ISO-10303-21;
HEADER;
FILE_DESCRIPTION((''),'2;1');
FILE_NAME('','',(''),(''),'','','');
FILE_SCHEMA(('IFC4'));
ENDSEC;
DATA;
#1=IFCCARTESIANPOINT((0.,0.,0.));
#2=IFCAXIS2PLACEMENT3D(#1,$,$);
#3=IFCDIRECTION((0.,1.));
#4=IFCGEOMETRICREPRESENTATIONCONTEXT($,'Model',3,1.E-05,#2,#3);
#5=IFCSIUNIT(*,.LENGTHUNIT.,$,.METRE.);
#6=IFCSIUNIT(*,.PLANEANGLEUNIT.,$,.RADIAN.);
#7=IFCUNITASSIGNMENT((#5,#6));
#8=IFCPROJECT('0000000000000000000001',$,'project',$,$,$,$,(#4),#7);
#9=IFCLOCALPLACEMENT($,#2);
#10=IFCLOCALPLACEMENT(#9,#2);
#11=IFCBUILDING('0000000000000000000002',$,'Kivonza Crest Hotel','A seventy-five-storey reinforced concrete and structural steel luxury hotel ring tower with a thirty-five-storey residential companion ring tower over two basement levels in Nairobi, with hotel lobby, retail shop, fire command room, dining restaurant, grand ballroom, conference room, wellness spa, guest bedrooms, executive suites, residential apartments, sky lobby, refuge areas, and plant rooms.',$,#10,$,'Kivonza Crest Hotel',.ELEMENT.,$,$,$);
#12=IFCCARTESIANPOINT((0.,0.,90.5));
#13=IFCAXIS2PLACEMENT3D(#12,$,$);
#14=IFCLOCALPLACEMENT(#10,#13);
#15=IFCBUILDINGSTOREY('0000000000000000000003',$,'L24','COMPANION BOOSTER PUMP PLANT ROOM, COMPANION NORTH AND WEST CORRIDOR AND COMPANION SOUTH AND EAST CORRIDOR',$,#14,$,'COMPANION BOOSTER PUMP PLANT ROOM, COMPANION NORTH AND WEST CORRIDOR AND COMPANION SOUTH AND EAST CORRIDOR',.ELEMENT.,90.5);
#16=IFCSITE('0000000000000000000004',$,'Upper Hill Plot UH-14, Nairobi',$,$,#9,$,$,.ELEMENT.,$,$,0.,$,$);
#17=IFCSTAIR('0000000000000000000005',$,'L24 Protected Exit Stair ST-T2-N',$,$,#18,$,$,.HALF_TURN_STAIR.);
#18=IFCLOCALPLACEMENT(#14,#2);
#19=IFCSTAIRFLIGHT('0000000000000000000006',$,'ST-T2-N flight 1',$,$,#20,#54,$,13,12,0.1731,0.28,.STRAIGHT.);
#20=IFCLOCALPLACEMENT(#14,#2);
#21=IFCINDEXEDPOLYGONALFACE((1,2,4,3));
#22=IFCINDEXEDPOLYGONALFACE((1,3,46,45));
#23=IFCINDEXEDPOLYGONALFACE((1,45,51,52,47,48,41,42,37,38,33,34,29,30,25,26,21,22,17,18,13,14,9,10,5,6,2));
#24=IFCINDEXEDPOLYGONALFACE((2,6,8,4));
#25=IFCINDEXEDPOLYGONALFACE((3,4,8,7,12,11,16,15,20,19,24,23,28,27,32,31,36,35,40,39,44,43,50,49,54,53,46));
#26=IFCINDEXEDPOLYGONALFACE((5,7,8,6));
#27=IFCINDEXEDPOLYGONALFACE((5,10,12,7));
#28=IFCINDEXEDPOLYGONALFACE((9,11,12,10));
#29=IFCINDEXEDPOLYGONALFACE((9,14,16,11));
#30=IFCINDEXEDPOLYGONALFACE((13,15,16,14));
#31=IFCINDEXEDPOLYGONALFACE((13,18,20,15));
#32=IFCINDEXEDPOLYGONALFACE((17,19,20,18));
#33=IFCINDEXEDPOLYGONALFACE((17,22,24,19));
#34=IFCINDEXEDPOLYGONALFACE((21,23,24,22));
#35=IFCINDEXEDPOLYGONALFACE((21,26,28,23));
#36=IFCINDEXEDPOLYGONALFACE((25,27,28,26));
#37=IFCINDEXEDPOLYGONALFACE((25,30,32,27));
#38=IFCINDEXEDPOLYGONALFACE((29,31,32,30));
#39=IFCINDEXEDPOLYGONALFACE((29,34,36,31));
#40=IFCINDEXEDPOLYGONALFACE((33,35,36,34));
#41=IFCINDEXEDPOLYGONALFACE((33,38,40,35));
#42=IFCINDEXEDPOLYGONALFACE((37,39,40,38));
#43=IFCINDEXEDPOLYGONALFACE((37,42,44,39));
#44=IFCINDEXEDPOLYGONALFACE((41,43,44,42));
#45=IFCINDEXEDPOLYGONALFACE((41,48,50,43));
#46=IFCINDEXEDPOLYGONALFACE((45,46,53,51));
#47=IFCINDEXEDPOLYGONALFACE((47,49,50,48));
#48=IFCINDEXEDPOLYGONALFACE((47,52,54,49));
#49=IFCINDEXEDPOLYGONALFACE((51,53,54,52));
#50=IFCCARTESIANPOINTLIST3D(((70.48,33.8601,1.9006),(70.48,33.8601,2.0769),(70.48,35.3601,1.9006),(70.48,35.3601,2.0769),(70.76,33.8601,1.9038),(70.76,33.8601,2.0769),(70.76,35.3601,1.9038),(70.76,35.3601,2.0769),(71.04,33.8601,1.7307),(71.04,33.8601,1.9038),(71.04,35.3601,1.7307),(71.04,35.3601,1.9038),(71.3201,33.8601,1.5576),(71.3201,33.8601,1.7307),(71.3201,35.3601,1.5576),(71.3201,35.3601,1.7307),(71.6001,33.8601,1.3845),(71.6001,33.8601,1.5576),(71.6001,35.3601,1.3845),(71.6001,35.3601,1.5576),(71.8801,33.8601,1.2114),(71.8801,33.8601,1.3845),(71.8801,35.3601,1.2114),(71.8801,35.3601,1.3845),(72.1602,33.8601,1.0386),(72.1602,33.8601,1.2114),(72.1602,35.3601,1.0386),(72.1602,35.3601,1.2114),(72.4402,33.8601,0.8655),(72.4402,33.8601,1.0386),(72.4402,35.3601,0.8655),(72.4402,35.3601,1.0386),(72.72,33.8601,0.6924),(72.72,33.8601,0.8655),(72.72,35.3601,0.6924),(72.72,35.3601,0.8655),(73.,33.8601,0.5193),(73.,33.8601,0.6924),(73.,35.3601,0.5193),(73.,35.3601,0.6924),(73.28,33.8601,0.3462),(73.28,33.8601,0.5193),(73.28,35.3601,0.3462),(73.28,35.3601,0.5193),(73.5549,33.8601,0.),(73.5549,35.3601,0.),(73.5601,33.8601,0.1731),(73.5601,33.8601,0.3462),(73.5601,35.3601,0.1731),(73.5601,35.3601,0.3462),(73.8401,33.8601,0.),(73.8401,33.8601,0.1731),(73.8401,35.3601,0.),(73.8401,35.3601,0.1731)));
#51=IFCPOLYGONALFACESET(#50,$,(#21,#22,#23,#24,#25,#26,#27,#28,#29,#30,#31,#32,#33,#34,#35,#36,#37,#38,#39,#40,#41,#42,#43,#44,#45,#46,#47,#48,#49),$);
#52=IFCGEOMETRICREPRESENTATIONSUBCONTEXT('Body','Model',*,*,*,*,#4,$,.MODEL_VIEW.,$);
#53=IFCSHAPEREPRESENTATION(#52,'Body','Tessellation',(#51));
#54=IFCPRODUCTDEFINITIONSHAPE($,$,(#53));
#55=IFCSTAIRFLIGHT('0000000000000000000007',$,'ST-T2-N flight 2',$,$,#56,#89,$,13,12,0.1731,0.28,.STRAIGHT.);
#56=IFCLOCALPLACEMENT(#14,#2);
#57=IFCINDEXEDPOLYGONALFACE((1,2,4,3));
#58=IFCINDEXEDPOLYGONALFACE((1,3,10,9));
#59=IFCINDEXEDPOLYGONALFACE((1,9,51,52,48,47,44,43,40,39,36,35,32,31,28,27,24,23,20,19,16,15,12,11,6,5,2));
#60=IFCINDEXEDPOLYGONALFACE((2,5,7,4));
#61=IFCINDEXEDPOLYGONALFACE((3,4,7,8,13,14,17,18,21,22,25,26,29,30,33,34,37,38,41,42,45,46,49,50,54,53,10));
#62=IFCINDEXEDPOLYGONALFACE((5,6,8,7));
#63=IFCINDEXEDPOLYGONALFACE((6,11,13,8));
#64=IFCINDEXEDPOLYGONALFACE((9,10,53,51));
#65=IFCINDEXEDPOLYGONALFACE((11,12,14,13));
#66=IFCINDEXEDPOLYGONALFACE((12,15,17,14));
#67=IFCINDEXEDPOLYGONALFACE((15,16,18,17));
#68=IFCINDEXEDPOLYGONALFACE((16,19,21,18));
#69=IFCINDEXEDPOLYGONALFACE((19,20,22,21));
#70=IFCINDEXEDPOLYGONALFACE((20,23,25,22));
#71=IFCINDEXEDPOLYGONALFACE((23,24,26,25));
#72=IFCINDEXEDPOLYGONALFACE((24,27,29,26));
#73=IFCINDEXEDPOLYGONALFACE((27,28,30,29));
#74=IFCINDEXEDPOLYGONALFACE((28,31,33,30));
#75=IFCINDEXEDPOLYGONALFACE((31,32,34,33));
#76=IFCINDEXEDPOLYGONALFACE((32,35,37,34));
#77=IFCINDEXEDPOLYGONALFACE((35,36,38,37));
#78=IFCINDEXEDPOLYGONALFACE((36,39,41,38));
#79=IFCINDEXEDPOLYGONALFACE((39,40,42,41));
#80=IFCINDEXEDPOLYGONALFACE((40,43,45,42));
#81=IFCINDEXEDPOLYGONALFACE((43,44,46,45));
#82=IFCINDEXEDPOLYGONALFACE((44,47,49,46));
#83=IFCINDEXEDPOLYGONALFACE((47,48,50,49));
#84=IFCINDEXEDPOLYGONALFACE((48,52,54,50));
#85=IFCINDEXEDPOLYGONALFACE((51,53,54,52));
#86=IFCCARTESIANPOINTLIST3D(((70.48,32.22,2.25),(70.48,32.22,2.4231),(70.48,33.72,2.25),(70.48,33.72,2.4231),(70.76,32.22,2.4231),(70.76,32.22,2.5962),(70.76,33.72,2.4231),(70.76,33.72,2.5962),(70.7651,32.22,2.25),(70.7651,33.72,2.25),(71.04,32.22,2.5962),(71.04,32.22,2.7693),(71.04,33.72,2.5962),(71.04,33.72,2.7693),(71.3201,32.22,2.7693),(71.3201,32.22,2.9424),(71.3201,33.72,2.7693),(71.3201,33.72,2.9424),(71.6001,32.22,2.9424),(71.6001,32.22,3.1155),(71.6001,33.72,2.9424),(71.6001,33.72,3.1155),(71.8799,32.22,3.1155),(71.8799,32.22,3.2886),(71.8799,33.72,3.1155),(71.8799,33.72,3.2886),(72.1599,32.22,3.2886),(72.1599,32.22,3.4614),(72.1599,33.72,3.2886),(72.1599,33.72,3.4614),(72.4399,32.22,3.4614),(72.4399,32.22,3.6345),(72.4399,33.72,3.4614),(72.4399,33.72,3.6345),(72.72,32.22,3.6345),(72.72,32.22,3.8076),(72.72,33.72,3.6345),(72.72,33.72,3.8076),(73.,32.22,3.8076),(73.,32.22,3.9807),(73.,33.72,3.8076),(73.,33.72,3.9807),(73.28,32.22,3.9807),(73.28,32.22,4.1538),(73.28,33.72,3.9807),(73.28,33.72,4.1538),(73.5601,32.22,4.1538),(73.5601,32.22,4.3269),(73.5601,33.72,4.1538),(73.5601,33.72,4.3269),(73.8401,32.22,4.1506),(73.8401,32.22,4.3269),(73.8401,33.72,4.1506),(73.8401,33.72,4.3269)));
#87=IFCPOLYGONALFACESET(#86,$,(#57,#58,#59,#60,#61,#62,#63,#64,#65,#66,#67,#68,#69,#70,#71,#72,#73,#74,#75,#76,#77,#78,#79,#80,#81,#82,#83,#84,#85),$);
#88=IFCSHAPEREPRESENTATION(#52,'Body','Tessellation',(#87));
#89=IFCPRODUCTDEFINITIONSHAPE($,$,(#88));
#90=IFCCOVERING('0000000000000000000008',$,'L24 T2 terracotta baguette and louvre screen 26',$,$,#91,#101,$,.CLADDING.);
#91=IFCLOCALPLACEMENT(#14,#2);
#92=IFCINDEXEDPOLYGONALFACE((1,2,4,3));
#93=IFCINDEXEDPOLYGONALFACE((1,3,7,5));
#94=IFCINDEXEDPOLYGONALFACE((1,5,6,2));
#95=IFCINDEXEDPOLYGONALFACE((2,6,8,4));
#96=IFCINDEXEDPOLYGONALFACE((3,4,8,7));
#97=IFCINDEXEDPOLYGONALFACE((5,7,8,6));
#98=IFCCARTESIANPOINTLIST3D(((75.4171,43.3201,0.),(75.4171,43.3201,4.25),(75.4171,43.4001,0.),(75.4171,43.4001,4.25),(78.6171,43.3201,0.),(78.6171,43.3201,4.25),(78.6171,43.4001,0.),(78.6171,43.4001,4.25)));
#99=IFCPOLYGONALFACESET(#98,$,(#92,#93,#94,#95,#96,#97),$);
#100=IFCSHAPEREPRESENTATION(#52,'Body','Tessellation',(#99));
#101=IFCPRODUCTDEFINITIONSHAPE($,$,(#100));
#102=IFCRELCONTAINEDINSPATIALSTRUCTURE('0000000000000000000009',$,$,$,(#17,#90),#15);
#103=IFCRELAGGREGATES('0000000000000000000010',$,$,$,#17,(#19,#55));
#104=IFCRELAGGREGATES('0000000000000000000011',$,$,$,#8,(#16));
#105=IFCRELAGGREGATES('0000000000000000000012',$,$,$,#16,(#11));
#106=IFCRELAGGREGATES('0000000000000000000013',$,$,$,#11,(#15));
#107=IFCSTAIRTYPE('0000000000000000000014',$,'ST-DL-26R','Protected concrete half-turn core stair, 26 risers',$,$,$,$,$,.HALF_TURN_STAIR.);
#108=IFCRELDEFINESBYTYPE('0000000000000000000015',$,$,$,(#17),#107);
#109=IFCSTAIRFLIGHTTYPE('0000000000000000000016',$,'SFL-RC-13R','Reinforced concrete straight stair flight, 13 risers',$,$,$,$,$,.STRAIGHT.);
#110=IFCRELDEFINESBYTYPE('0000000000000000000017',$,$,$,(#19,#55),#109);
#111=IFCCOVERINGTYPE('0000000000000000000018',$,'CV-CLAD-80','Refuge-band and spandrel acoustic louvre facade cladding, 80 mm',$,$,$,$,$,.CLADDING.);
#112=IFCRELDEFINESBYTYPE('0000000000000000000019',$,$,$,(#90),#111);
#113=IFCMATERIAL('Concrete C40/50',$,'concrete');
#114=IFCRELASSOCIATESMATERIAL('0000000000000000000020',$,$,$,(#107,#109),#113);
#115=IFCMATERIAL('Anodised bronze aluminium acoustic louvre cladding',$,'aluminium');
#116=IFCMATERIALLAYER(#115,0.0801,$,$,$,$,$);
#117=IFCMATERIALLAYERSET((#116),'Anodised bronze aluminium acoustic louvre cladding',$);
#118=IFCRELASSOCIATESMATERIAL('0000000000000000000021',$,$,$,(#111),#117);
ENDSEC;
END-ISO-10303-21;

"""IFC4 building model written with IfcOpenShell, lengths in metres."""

from ifc_helpers import new_model, si_unit, direction, frame, origin, origin_2d, place, context, subcontext, project, spatial, polyline, rectangle, outline, extrude, material, layer, layer_set, type_object, element, aggregate, save


model = new_model("IFC4")

# Units and contexts
model_context = context("Model", 3, precision=1e-05, world=origin(), true_north=direction((0.0, 1.0)))
body_context = subcontext(model_context, "Body", "Model", "MODEL_VIEW")
ifc_project = project(units=[si_unit("LENGTHUNIT", "METRE"), si_unit("PLANEANGLEUNIT", "RADIAN")], contexts=[model_context])

# Site, building, storey
site_placement = place(None, origin())
site = spatial("IfcSite", under=ifc_project, at=site_placement, Name="Upper Hill Plot UH-14, Nairobi", CompositionType="ELEMENT", RefElevation=0.0)
building_placement = place(site_placement, origin())
building = spatial("IfcBuilding", under=site, at=building_placement, Name="Kivonza Crest Hotel", Description="A seventy-five-storey reinforced concrete and structural steel luxury hotel ring tower with a thirty-five-storey residential companion ring tower over two basement levels in Nairobi, with hotel lobby, retail shop, fire command room, dining restaurant, grand ballroom, conference room, wellness spa, guest bedrooms, executive suites, residential apartments, sky lobby, refuge areas, and plant rooms.", LongName="Kivonza Crest Hotel", CompositionType="ELEMENT")
storey_placement = place(building_placement, frame((0.0, 0.0, 90.5)))
storey = spatial("IfcBuildingStorey", under=building, at=storey_placement, Name="L24", Description="COMPANION BOOSTER PUMP PLANT ROOM, COMPANION NORTH AND WEST CORRIDOR AND COMPANION SOUTH AND EAST CORRIDOR", LongName="COMPANION BOOSTER PUMP PLANT ROOM, COMPANION NORTH AND WEST CORRIDOR AND COMPANION SOUTH AND EAST CORRIDOR", CompositionType="ELEMENT", Elevation=90.5)

# Stair, stair flights
ifc_material_1 = material(Name="Concrete C40/50", Category="concrete")
stair_type = type_object("IfcStairType", Name="ST-DL-26R", Description="Protected concrete half-turn core stair, 26 risers", PredefinedType="HALF_TURN_STAIR", material=ifc_material_1)
stair_placement = place(storey_placement, origin())
stair = element("IfcStair", 1, at=stair_placement, inside=storey, type_object=stair_type, Name="L24 Protected Exit Stair ST-T2-N", PredefinedType="HALF_TURN_STAIR")
stair_flight_type = type_object("IfcStairFlightType", Name="SFL-RC-13R", Description="Reinforced concrete straight stair flight, 13 risers", PredefinedType="STRAIGHT", material=ifc_material_1)
stair_flight_1_placement = place(storey_placement, frame((73.8401, 34.6101, 0.0), z_axis=(0.0, 0.0, 1.0), x_axis=(-1.0, 0.0, 0.0)))
stair_flight_1 = element("IfcStairFlight", 2, at=stair_flight_1_placement, type_object=stair_flight_type, Name="ST-T2-N flight 1", NumberOfRisers=13, NumberOfTreads=12, PredefinedType="STRAIGHT", RiserHeight=0.1731, TreadLength=0.28, context=body_context, shape_type="SweptSolid", body=[
    extrude(outline(polyline([(0.0, 0.0), (0.0, 0.1731), (0.28, 0.1731), (0.28, 0.3462), (0.5601, 0.3462), (0.5601, 0.5193), (0.8401, 0.5193), (0.8401, 0.6924), (1.1201, 0.6924), (1.1201, 0.8655), (1.3999, 0.8655), (1.3999, 1.0386), (1.6799, 1.0386), (1.6799, 1.2114), (1.96, 1.2114), (1.96, 1.3845), (2.24, 1.3845), (2.24, 1.5576), (2.52, 1.5576), (2.52, 1.7307), (2.8, 1.7307), (2.8, 1.9038), (3.0801, 1.9038), (3.0801, 2.0769), (3.3601, 2.0769), (3.3601, 2.25), (3.3601, 1.9006), (0.2852, 0.0), (0.0, 0.0)])), frame((0.0, 0.75, 0.0), z_axis=(0.0, -1.0, 0.0), x_axis=(1.0, 0.0, 0.0)), (0.0, 0.0, 1.0), 1.5),
])
stair_flight_2_placement = place(storey_placement, frame((70.48, 32.97, 2.25), z_axis=(0.0, 0.0, 1.0), x_axis=(1.0, 0.0, 0.0)))
stair_flight_2 = element("IfcStairFlight", 3, at=stair_flight_2_placement, type_object=stair_flight_type, Name="ST-T2-N flight 2", NumberOfRisers=13, NumberOfTreads=12, PredefinedType="STRAIGHT", RiserHeight=0.1731, TreadLength=0.28, context=body_context, shape_type="SweptSolid", body=[
    extrude(outline(polyline([(0.0, 0.0), (0.0, 0.1731), (0.28, 0.1731), (0.28, 0.3462), (0.5601, 0.3462), (0.5601, 0.5193), (0.8401, 0.5193), (0.8401, 0.6924), (1.1201, 0.6924), (1.1201, 0.8655), (1.3999, 0.8655), (1.3999, 1.0386), (1.6799, 1.0386), (1.6799, 1.2114), (1.96, 1.2114), (1.96, 1.3845), (2.24, 1.3845), (2.24, 1.5576), (2.52, 1.5576), (2.52, 1.7307), (2.8, 1.7307), (2.8, 1.9038), (3.0801, 1.9038), (3.0801, 2.0769), (3.3601, 2.0769), (3.3601, 2.25), (3.3601, 1.9006), (0.2852, 0.0), (0.0, 0.0)])), frame((0.0, 0.75, 0.0), z_axis=(0.0, -1.0, 0.0), x_axis=(1.0, 0.0, 0.0)), (0.0, 0.0, 1.0), 1.5),
])
aggregate(stair, [stair_flight_1, stair_flight_2])

# Covering
ifc_material_2 = material(Name="Anodised bronze aluminium acoustic louvre cladding", Category="aluminium")
ifc_layer_1 = layer(ifc_material_2, 0.0801)
ifc_layer_set_1 = layer_set([ifc_layer_1], Name="Anodised bronze aluminium acoustic louvre cladding")
covering_type = type_object("IfcCoveringType", Name="CV-CLAD-80", Description="Refuge-band and spandrel acoustic louvre facade cladding, 80 mm", PredefinedType="CLADDING", material=ifc_layer_set_1)
covering_placement = place(storey_placement, frame((77.0171, 43.3601, 0.0), z_axis=(0.0, 0.0, 1.0), x_axis=(-1.0, 0.0, 0.0)))
element("IfcCovering", 4, at=covering_placement, inside=storey, type_object=covering_type, Name="L24 T2 terracotta baguette and louvre screen 26", PredefinedType="CLADDING", context=body_context, shape_type="SweptSolid", body=[
    extrude(rectangle(XDim=3.2, YDim=0.0801, at=origin_2d()), origin(), (0.0, 0.0, 1.0), 4.25),
])

save(model, "model.ifc")
